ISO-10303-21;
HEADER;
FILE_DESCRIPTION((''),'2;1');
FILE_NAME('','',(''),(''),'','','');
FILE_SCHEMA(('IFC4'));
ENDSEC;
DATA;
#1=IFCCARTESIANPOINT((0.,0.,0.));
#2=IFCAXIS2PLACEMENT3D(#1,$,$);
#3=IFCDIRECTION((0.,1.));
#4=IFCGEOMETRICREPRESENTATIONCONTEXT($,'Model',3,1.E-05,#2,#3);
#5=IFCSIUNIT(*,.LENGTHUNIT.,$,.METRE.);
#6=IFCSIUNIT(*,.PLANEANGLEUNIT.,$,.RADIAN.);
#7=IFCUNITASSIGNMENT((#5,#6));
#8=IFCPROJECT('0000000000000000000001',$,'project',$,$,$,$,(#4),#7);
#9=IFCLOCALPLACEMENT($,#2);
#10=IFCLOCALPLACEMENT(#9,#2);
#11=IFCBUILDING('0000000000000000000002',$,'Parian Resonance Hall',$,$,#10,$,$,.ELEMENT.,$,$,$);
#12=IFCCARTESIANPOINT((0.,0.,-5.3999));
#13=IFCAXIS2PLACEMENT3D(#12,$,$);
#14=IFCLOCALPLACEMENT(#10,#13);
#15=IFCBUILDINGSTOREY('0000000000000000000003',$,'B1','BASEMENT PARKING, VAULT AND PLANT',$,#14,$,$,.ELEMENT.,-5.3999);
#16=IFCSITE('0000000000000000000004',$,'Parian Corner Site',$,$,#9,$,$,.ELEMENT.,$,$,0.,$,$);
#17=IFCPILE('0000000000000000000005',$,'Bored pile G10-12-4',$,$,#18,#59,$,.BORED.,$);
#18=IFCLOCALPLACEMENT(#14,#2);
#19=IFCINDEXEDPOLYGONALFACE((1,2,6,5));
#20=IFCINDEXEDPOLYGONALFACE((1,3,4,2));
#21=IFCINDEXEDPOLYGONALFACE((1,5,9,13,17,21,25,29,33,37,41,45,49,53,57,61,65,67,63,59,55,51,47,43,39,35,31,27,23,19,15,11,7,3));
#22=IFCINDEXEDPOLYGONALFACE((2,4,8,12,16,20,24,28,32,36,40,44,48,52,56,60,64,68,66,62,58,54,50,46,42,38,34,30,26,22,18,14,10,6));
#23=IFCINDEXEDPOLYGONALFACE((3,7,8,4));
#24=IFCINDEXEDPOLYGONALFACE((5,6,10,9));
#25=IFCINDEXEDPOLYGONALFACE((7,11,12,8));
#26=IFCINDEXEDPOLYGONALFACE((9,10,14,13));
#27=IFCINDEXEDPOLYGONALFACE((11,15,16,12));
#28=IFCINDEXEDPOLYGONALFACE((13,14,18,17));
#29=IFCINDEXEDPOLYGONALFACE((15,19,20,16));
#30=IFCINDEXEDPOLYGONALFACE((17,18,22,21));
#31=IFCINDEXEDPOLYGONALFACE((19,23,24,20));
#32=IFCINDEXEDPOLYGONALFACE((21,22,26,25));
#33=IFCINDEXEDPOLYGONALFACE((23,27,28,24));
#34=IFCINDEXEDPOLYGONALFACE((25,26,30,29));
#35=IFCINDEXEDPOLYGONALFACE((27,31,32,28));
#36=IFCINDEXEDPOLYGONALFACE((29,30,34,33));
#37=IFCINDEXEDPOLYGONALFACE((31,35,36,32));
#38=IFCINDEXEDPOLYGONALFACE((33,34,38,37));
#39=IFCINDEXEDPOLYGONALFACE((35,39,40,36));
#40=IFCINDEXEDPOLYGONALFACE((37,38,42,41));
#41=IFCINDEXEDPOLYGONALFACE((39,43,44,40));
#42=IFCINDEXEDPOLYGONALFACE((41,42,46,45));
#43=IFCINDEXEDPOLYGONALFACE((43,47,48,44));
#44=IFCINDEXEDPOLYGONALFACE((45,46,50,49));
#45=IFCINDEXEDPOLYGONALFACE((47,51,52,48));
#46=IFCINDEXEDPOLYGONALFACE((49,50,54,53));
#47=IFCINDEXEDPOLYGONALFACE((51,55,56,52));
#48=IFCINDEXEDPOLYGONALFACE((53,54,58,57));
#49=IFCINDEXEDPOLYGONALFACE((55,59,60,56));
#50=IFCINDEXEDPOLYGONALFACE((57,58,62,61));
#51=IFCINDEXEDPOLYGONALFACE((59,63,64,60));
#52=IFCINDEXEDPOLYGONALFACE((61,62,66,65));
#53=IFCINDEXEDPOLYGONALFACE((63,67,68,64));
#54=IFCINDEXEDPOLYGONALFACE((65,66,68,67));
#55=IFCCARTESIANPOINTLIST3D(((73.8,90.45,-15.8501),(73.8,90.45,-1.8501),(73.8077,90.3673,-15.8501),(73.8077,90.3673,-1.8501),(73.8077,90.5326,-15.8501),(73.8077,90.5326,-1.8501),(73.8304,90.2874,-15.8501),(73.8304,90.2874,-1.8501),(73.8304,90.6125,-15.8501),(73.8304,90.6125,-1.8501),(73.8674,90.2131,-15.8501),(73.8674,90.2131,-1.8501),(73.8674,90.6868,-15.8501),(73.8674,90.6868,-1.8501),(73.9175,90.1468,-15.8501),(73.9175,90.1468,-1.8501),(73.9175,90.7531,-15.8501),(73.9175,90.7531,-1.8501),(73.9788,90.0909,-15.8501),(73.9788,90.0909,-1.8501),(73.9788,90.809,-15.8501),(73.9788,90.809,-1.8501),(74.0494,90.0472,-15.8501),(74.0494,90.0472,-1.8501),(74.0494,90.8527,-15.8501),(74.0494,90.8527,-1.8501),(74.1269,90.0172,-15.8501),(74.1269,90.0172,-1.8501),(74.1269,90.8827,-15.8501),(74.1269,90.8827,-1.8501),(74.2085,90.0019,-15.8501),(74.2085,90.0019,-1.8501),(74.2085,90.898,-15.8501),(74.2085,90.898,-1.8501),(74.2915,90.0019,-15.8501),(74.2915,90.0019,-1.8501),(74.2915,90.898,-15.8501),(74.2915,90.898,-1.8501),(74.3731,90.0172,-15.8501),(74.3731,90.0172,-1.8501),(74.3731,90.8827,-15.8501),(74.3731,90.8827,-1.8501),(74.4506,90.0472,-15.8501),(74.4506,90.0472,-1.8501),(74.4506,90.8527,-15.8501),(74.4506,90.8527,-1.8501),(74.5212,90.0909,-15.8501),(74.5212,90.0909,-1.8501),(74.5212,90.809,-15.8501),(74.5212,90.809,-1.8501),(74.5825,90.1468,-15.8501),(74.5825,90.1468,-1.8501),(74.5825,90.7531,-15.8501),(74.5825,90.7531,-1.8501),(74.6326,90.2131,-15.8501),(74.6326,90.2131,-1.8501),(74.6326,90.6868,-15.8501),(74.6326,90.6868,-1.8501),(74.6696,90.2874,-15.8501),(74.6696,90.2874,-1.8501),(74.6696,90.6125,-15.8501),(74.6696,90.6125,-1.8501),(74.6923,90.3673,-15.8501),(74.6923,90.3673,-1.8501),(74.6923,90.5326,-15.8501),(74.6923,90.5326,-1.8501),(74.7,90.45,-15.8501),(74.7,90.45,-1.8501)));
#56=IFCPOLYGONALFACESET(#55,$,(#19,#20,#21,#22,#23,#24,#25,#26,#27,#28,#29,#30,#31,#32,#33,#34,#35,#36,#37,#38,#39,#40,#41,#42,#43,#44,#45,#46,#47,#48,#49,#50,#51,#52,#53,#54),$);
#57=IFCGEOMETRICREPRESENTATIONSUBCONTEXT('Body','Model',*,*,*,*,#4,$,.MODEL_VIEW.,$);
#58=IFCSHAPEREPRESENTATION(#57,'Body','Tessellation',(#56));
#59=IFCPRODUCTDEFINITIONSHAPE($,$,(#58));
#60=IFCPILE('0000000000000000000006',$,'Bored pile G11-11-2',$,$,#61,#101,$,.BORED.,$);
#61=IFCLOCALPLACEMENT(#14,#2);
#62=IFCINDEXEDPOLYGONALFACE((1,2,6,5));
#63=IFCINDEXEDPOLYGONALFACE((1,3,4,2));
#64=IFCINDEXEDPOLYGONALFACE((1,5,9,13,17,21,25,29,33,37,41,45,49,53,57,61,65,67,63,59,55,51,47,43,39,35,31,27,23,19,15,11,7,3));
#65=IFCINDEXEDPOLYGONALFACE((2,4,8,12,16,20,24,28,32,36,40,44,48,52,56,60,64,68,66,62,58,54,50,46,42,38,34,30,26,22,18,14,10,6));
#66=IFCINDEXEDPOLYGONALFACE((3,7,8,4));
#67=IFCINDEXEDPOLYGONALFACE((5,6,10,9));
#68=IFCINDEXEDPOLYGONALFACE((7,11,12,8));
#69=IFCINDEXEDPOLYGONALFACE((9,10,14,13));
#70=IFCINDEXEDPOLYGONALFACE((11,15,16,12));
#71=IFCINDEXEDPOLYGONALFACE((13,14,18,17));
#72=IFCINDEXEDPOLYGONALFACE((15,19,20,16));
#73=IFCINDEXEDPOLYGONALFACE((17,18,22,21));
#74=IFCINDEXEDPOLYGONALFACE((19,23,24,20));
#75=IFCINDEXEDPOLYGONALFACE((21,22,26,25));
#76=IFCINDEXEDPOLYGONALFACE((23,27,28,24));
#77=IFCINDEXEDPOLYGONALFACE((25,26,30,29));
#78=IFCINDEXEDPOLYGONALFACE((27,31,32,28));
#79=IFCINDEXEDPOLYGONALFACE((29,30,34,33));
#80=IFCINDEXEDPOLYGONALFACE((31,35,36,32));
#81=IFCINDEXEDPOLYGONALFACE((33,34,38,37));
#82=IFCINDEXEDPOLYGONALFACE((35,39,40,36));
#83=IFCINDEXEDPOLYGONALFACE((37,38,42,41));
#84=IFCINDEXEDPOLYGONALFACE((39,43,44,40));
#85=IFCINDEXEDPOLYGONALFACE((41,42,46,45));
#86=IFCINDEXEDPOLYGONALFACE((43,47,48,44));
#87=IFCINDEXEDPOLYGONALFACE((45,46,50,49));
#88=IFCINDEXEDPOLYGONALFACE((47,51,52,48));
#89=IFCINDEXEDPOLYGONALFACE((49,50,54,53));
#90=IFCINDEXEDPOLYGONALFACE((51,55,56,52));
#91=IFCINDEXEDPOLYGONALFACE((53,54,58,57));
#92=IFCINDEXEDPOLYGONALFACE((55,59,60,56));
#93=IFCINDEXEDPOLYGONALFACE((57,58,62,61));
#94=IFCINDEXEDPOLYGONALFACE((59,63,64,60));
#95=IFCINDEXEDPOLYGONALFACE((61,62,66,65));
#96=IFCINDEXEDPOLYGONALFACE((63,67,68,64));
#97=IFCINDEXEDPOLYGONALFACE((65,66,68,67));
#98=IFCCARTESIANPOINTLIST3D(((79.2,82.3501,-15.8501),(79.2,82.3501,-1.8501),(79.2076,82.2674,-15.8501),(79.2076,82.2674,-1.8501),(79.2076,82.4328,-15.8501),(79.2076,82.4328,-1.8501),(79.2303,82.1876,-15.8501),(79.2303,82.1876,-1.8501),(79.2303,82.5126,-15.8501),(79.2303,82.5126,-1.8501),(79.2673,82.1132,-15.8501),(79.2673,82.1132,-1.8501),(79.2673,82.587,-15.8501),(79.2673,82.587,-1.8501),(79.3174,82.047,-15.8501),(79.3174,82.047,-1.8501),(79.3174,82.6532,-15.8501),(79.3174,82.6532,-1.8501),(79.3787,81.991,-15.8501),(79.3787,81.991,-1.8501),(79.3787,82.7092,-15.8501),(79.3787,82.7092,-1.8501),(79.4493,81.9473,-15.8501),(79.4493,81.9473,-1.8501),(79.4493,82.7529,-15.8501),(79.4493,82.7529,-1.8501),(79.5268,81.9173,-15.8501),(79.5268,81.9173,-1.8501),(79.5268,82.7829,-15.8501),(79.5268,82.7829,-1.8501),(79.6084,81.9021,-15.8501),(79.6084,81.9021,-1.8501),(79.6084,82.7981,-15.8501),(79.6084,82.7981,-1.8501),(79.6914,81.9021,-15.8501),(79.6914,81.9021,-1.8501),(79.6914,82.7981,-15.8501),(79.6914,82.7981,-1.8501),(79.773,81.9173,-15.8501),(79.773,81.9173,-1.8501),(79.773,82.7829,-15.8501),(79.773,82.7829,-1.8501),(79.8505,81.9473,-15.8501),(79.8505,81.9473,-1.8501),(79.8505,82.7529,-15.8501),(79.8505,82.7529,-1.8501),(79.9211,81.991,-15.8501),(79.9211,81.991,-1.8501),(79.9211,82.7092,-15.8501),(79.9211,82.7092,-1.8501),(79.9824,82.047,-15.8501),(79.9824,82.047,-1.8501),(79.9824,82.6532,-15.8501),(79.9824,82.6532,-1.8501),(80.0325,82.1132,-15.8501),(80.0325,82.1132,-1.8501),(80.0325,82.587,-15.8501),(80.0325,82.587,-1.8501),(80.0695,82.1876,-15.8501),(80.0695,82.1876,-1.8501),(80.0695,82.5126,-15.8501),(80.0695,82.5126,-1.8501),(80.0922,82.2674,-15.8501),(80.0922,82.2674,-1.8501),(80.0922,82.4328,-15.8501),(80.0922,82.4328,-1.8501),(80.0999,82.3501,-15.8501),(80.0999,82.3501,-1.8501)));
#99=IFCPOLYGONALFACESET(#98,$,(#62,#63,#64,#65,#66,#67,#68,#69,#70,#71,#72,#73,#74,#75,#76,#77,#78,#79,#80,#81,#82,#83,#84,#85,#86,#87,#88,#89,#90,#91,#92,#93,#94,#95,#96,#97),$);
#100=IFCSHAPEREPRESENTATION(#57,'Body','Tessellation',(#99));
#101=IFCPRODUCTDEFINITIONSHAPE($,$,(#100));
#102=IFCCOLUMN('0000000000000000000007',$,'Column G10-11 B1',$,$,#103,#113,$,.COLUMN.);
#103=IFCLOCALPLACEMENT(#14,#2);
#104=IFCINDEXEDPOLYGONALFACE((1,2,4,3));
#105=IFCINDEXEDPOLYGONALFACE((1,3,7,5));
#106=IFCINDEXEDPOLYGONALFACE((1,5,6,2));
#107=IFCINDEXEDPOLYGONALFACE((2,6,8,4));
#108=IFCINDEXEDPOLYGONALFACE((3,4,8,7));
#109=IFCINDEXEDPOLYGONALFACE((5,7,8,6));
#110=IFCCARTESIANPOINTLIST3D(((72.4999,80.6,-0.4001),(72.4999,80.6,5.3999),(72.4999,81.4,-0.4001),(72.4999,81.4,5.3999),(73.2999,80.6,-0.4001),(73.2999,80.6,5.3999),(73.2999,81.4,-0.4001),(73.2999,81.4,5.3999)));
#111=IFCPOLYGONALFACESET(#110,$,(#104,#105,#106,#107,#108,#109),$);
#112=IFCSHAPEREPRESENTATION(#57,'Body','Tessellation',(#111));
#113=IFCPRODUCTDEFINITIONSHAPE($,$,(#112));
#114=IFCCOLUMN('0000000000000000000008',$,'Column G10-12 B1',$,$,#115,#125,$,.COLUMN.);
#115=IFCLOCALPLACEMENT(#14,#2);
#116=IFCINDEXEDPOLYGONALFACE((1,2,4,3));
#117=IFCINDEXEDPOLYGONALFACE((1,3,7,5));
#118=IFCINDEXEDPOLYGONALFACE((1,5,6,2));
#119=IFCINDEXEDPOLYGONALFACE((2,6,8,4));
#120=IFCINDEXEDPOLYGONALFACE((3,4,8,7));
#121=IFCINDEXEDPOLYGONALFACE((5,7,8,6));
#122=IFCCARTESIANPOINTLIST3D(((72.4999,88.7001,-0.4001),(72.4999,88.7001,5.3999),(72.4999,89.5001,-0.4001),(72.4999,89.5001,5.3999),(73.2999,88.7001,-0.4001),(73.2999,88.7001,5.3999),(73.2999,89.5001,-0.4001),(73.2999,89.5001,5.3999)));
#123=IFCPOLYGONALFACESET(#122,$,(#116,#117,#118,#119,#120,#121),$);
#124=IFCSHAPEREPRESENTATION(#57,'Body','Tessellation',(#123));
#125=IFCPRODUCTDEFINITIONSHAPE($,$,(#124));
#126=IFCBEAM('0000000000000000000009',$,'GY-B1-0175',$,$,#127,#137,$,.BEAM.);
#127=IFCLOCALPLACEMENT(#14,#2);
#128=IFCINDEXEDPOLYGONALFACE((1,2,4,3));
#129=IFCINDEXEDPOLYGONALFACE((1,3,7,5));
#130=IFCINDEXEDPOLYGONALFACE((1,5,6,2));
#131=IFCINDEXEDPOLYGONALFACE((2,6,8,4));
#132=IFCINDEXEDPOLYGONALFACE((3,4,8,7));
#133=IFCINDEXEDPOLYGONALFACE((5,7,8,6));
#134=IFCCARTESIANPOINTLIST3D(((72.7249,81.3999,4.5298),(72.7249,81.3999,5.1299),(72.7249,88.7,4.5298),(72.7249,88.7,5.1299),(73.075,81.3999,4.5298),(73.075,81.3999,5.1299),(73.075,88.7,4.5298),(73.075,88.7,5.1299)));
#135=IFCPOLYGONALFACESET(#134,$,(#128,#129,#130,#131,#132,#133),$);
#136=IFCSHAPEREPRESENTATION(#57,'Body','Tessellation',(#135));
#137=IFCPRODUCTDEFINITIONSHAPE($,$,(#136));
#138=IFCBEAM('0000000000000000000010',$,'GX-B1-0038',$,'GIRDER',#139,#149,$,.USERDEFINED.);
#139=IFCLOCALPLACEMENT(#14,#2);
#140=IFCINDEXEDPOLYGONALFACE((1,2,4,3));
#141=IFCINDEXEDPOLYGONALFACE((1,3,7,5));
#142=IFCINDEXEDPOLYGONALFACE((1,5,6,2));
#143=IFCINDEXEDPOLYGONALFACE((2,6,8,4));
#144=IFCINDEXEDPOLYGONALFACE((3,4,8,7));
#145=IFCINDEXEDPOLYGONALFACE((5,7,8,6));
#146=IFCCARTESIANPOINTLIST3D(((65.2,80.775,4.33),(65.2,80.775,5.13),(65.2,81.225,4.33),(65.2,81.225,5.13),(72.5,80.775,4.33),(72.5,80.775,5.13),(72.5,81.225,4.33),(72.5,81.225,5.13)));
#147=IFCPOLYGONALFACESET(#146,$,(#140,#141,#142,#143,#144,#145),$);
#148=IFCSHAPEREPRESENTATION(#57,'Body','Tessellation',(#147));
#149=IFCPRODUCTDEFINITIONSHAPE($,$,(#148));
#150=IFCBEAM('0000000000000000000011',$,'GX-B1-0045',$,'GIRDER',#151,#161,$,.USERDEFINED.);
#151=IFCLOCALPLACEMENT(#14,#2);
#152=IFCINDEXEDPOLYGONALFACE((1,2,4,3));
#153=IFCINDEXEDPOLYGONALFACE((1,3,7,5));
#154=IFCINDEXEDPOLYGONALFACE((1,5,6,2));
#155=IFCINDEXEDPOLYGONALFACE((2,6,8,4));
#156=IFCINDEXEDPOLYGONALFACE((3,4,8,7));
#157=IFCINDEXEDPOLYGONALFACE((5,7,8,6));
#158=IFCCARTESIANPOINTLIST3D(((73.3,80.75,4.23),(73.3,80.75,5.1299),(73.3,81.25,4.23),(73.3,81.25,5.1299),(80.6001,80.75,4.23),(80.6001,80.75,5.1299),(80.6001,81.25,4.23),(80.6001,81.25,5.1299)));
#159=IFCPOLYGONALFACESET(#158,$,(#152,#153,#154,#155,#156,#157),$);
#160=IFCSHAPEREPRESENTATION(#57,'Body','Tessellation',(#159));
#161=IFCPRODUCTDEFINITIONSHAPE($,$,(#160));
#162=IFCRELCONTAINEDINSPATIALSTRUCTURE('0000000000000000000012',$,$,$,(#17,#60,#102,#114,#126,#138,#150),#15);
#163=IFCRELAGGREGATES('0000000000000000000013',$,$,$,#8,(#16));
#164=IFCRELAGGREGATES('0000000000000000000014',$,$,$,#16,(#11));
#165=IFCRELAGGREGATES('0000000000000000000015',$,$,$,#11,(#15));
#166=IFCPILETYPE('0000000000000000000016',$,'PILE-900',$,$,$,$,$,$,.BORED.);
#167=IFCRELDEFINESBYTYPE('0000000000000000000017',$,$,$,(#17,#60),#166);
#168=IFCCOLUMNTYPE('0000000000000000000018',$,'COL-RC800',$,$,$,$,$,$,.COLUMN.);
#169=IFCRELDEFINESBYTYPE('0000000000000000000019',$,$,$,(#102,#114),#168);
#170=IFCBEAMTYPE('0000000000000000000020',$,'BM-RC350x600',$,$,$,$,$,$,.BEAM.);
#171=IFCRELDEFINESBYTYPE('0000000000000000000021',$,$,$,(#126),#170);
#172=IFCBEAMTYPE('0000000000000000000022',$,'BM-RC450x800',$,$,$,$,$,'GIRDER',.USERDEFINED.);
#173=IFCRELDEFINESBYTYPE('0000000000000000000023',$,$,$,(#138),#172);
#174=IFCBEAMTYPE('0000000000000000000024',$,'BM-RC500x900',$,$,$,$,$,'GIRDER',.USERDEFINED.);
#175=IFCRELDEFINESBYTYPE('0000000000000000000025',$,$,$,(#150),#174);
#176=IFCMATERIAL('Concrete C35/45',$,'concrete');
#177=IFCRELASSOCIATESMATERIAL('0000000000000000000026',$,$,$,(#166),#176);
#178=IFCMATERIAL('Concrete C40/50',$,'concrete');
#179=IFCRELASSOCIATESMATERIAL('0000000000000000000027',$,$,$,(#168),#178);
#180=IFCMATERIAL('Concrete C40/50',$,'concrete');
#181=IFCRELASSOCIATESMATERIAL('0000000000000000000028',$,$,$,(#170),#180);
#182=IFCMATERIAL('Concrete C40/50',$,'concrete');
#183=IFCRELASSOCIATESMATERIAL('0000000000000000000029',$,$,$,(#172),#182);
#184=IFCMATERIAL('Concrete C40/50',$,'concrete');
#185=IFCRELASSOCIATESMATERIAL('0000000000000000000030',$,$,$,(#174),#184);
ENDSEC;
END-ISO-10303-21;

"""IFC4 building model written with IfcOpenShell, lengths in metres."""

from ifc_helpers import new_model, si_unit, direction, frame, origin, origin_2d, place, context, subcontext, project, spatial, rectangle, circle, extrude, material, material_profile, profile_set, type_object, element, save


model = new_model("IFC4")

# Units and contexts
model_context = context("Model", 3, precision=1e-05, world=origin(), true_north=direction((0.0, 1.0)))
body_context = subcontext(model_context, "Body", "Model", "MODEL_VIEW")
ifc_project = project(units=[si_unit("LENGTHUNIT", "METRE"), si_unit("PLANEANGLEUNIT", "RADIAN")], contexts=[model_context])

# Site, building, storey
site_placement = place(None, origin())
site = spatial("IfcSite", under=ifc_project, at=site_placement, Name="Parian Corner Site", CompositionType="ELEMENT", RefElevation=0.0)
building_placement = place(site_placement, origin())
building = spatial("IfcBuilding", under=site, at=building_placement, Name="Parian Resonance Hall", CompositionType="ELEMENT")
storey_placement = place(building_placement, frame((0.0, 0.0, -5.3999)))
storey = spatial("IfcBuildingStorey", under=building, at=storey_placement, Name="B1", Description="BASEMENT PARKING, VAULT AND PLANT", CompositionType="ELEMENT", Elevation=-5.3999)

# Piles
ifc_material_1 = material(Name="Concrete C35/45", Category="concrete")
ifc_material_profile_1 = material_profile(ifc_material_1, circle(Radius=0.45, at=origin_2d()), Name="PILE-D900")
ifc_profile_set_1 = profile_set([ifc_material_profile_1], Name="Concrete C35/45")
pile_type_1 = type_object("IfcPileType", Name="PILE-900", PredefinedType="BORED", material=ifc_profile_set_1)
for number, where, z_axis, x_axis, name in (
    (1, (74.25, 90.45, -1.8501), (0.0, 0.0, -1.0), (1.0, 0.0, 0.0), "Bored pile G10-12-4"),
    (2, (79.6499, 82.3501, -1.8501), (0.0, 0.0, -1.0), (1.0, 0.0, 0.0), "Bored pile G11-11-2"),
):
    element("IfcPile", number, at=place(storey_placement, frame(where, z_axis=z_axis, x_axis=x_axis)), inside=storey, type_object=pile_type_1, Name=name, PredefinedType="BORED", context=body_context, shape_type="SweptSolid", body=[
        extrude(circle(Radius=0.45, at=origin_2d()), origin(), (0.0, 0.0, 1.0), 14.0),
    ])

# Columns
ifc_material_2 = material(Name="Concrete C40/50", Category="concrete")
ifc_material_profile_2 = material_profile(ifc_material_2, rectangle(XDim=0.8, YDim=0.8, at=origin_2d()), Name="RC-COL-800x800")
ifc_profile_set_2 = profile_set([ifc_material_profile_2], Name="Concrete C40/50")
column_type = type_object("IfcColumnType", Name="COL-RC800", PredefinedType="COLUMN", material=ifc_profile_set_2)
for number, where, z_axis, x_axis, name in (
    (3, (72.8999, 81.0, -0.4001), (0.0, 0.0, 1.0), (1.0, 0.0, 0.0), "Column G10-11 B1"),
    (4, (72.8999, 89.1001, -0.4001), (0.0, 0.0, 1.0), (1.0, 0.0, 0.0), "Column G10-12 B1"),
):
    element("IfcColumn", number, at=place(storey_placement, frame(where, z_axis=z_axis, x_axis=x_axis)), inside=storey, type_object=column_type, Name=name, PredefinedType="COLUMN", context=body_context, shape_type="SweptSolid", body=[
        extrude(rectangle(XDim=0.8, YDim=0.8, at=origin_2d()), origin(), (0.0, 0.0, 1.0), 5.8),
    ])

# Beams
ifc_material_3 = material(Name="Concrete C40/50", Category="concrete")
ifc_material_profile_3 = material_profile(ifc_material_3, rectangle(XDim=0.3501, YDim=0.6001, at=origin_2d()), Name="RC-BM-350x600")
ifc_profile_set_3 = profile_set([ifc_material_profile_3], Name="Concrete C40/50")
beam_type_1 = type_object("IfcBeamType", Name="BM-RC350x600", PredefinedType="BEAM", material=ifc_profile_set_3)
beam_1_placement = place(storey_placement, frame((72.8999, 81.3999, 4.8298), z_axis=(0.0, 1.0, 0.0), x_axis=(-1.0, 0.0, 0.0)))
element("IfcBeam", 5, at=beam_1_placement, inside=storey, type_object=beam_type_1, Name="GY-B1-0175", PredefinedType="BEAM", context=body_context, shape_type="SweptSolid", body=[
    extrude(rectangle(XDim=0.3501, YDim=0.6001, at=origin_2d()), origin(), (0.0, 0.0, 1.0), 7.3),
])
ifc_material_4 = material(Name="Concrete C40/50", Category="concrete")
ifc_material_profile_4 = material_profile(ifc_material_4, rectangle(XDim=0.45, YDim=0.8, at=origin_2d()), Name="RC-BM-450x800")
ifc_profile_set_4 = profile_set([ifc_material_profile_4], Name="Concrete C40/50")
beam_type_2 = type_object("IfcBeamType", Name="BM-RC450x800", ElementType="GIRDER", PredefinedType="USERDEFINED", material=ifc_profile_set_4)
beam_2_placement = place(storey_placement, frame((65.2, 81.0, 4.73), z_axis=(1.0, 0.0, 0.0), x_axis=(0.0, 1.0, 0.0)))
element("IfcBeam", 6, at=beam_2_placement, inside=storey, type_object=beam_type_2, Name="GX-B1-0038", ObjectType="GIRDER", PredefinedType="USERDEFINED", context=body_context, shape_type="SweptSolid", body=[
    extrude(rectangle(XDim=0.45, YDim=0.8, at=origin_2d()), origin(), (0.0, 0.0, 1.0), 7.3),
])
ifc_material_5 = material(Name="Concrete C40/50", Category="concrete")
ifc_material_profile_5 = material_profile(ifc_material_5, rectangle(XDim=0.5, YDim=0.8999, at=origin_2d()), Name="RC-BM-500x900")
ifc_profile_set_5 = profile_set([ifc_material_profile_5], Name="Concrete C40/50")
beam_type_3 = type_object("IfcBeamType", Name="BM-RC500x900", ElementType="GIRDER", PredefinedType="USERDEFINED", material=ifc_profile_set_5)
beam_3_placement = place(storey_placement, frame((73.3, 81.0, 4.6799), z_axis=(1.0, 0.0, 0.0), x_axis=(0.0, 1.0, 0.0)))
element("IfcBeam", 7, at=beam_3_placement, inside=storey, type_object=beam_type_3, Name="GX-B1-0045", ObjectType="GIRDER", PredefinedType="USERDEFINED", context=body_context, shape_type="SweptSolid", body=[
    extrude(rectangle(XDim=0.5, YDim=0.8999, at=origin_2d()), origin(), (0.0, 0.0, 1.0), 7.3),
])

save(model, "model.ifc")
